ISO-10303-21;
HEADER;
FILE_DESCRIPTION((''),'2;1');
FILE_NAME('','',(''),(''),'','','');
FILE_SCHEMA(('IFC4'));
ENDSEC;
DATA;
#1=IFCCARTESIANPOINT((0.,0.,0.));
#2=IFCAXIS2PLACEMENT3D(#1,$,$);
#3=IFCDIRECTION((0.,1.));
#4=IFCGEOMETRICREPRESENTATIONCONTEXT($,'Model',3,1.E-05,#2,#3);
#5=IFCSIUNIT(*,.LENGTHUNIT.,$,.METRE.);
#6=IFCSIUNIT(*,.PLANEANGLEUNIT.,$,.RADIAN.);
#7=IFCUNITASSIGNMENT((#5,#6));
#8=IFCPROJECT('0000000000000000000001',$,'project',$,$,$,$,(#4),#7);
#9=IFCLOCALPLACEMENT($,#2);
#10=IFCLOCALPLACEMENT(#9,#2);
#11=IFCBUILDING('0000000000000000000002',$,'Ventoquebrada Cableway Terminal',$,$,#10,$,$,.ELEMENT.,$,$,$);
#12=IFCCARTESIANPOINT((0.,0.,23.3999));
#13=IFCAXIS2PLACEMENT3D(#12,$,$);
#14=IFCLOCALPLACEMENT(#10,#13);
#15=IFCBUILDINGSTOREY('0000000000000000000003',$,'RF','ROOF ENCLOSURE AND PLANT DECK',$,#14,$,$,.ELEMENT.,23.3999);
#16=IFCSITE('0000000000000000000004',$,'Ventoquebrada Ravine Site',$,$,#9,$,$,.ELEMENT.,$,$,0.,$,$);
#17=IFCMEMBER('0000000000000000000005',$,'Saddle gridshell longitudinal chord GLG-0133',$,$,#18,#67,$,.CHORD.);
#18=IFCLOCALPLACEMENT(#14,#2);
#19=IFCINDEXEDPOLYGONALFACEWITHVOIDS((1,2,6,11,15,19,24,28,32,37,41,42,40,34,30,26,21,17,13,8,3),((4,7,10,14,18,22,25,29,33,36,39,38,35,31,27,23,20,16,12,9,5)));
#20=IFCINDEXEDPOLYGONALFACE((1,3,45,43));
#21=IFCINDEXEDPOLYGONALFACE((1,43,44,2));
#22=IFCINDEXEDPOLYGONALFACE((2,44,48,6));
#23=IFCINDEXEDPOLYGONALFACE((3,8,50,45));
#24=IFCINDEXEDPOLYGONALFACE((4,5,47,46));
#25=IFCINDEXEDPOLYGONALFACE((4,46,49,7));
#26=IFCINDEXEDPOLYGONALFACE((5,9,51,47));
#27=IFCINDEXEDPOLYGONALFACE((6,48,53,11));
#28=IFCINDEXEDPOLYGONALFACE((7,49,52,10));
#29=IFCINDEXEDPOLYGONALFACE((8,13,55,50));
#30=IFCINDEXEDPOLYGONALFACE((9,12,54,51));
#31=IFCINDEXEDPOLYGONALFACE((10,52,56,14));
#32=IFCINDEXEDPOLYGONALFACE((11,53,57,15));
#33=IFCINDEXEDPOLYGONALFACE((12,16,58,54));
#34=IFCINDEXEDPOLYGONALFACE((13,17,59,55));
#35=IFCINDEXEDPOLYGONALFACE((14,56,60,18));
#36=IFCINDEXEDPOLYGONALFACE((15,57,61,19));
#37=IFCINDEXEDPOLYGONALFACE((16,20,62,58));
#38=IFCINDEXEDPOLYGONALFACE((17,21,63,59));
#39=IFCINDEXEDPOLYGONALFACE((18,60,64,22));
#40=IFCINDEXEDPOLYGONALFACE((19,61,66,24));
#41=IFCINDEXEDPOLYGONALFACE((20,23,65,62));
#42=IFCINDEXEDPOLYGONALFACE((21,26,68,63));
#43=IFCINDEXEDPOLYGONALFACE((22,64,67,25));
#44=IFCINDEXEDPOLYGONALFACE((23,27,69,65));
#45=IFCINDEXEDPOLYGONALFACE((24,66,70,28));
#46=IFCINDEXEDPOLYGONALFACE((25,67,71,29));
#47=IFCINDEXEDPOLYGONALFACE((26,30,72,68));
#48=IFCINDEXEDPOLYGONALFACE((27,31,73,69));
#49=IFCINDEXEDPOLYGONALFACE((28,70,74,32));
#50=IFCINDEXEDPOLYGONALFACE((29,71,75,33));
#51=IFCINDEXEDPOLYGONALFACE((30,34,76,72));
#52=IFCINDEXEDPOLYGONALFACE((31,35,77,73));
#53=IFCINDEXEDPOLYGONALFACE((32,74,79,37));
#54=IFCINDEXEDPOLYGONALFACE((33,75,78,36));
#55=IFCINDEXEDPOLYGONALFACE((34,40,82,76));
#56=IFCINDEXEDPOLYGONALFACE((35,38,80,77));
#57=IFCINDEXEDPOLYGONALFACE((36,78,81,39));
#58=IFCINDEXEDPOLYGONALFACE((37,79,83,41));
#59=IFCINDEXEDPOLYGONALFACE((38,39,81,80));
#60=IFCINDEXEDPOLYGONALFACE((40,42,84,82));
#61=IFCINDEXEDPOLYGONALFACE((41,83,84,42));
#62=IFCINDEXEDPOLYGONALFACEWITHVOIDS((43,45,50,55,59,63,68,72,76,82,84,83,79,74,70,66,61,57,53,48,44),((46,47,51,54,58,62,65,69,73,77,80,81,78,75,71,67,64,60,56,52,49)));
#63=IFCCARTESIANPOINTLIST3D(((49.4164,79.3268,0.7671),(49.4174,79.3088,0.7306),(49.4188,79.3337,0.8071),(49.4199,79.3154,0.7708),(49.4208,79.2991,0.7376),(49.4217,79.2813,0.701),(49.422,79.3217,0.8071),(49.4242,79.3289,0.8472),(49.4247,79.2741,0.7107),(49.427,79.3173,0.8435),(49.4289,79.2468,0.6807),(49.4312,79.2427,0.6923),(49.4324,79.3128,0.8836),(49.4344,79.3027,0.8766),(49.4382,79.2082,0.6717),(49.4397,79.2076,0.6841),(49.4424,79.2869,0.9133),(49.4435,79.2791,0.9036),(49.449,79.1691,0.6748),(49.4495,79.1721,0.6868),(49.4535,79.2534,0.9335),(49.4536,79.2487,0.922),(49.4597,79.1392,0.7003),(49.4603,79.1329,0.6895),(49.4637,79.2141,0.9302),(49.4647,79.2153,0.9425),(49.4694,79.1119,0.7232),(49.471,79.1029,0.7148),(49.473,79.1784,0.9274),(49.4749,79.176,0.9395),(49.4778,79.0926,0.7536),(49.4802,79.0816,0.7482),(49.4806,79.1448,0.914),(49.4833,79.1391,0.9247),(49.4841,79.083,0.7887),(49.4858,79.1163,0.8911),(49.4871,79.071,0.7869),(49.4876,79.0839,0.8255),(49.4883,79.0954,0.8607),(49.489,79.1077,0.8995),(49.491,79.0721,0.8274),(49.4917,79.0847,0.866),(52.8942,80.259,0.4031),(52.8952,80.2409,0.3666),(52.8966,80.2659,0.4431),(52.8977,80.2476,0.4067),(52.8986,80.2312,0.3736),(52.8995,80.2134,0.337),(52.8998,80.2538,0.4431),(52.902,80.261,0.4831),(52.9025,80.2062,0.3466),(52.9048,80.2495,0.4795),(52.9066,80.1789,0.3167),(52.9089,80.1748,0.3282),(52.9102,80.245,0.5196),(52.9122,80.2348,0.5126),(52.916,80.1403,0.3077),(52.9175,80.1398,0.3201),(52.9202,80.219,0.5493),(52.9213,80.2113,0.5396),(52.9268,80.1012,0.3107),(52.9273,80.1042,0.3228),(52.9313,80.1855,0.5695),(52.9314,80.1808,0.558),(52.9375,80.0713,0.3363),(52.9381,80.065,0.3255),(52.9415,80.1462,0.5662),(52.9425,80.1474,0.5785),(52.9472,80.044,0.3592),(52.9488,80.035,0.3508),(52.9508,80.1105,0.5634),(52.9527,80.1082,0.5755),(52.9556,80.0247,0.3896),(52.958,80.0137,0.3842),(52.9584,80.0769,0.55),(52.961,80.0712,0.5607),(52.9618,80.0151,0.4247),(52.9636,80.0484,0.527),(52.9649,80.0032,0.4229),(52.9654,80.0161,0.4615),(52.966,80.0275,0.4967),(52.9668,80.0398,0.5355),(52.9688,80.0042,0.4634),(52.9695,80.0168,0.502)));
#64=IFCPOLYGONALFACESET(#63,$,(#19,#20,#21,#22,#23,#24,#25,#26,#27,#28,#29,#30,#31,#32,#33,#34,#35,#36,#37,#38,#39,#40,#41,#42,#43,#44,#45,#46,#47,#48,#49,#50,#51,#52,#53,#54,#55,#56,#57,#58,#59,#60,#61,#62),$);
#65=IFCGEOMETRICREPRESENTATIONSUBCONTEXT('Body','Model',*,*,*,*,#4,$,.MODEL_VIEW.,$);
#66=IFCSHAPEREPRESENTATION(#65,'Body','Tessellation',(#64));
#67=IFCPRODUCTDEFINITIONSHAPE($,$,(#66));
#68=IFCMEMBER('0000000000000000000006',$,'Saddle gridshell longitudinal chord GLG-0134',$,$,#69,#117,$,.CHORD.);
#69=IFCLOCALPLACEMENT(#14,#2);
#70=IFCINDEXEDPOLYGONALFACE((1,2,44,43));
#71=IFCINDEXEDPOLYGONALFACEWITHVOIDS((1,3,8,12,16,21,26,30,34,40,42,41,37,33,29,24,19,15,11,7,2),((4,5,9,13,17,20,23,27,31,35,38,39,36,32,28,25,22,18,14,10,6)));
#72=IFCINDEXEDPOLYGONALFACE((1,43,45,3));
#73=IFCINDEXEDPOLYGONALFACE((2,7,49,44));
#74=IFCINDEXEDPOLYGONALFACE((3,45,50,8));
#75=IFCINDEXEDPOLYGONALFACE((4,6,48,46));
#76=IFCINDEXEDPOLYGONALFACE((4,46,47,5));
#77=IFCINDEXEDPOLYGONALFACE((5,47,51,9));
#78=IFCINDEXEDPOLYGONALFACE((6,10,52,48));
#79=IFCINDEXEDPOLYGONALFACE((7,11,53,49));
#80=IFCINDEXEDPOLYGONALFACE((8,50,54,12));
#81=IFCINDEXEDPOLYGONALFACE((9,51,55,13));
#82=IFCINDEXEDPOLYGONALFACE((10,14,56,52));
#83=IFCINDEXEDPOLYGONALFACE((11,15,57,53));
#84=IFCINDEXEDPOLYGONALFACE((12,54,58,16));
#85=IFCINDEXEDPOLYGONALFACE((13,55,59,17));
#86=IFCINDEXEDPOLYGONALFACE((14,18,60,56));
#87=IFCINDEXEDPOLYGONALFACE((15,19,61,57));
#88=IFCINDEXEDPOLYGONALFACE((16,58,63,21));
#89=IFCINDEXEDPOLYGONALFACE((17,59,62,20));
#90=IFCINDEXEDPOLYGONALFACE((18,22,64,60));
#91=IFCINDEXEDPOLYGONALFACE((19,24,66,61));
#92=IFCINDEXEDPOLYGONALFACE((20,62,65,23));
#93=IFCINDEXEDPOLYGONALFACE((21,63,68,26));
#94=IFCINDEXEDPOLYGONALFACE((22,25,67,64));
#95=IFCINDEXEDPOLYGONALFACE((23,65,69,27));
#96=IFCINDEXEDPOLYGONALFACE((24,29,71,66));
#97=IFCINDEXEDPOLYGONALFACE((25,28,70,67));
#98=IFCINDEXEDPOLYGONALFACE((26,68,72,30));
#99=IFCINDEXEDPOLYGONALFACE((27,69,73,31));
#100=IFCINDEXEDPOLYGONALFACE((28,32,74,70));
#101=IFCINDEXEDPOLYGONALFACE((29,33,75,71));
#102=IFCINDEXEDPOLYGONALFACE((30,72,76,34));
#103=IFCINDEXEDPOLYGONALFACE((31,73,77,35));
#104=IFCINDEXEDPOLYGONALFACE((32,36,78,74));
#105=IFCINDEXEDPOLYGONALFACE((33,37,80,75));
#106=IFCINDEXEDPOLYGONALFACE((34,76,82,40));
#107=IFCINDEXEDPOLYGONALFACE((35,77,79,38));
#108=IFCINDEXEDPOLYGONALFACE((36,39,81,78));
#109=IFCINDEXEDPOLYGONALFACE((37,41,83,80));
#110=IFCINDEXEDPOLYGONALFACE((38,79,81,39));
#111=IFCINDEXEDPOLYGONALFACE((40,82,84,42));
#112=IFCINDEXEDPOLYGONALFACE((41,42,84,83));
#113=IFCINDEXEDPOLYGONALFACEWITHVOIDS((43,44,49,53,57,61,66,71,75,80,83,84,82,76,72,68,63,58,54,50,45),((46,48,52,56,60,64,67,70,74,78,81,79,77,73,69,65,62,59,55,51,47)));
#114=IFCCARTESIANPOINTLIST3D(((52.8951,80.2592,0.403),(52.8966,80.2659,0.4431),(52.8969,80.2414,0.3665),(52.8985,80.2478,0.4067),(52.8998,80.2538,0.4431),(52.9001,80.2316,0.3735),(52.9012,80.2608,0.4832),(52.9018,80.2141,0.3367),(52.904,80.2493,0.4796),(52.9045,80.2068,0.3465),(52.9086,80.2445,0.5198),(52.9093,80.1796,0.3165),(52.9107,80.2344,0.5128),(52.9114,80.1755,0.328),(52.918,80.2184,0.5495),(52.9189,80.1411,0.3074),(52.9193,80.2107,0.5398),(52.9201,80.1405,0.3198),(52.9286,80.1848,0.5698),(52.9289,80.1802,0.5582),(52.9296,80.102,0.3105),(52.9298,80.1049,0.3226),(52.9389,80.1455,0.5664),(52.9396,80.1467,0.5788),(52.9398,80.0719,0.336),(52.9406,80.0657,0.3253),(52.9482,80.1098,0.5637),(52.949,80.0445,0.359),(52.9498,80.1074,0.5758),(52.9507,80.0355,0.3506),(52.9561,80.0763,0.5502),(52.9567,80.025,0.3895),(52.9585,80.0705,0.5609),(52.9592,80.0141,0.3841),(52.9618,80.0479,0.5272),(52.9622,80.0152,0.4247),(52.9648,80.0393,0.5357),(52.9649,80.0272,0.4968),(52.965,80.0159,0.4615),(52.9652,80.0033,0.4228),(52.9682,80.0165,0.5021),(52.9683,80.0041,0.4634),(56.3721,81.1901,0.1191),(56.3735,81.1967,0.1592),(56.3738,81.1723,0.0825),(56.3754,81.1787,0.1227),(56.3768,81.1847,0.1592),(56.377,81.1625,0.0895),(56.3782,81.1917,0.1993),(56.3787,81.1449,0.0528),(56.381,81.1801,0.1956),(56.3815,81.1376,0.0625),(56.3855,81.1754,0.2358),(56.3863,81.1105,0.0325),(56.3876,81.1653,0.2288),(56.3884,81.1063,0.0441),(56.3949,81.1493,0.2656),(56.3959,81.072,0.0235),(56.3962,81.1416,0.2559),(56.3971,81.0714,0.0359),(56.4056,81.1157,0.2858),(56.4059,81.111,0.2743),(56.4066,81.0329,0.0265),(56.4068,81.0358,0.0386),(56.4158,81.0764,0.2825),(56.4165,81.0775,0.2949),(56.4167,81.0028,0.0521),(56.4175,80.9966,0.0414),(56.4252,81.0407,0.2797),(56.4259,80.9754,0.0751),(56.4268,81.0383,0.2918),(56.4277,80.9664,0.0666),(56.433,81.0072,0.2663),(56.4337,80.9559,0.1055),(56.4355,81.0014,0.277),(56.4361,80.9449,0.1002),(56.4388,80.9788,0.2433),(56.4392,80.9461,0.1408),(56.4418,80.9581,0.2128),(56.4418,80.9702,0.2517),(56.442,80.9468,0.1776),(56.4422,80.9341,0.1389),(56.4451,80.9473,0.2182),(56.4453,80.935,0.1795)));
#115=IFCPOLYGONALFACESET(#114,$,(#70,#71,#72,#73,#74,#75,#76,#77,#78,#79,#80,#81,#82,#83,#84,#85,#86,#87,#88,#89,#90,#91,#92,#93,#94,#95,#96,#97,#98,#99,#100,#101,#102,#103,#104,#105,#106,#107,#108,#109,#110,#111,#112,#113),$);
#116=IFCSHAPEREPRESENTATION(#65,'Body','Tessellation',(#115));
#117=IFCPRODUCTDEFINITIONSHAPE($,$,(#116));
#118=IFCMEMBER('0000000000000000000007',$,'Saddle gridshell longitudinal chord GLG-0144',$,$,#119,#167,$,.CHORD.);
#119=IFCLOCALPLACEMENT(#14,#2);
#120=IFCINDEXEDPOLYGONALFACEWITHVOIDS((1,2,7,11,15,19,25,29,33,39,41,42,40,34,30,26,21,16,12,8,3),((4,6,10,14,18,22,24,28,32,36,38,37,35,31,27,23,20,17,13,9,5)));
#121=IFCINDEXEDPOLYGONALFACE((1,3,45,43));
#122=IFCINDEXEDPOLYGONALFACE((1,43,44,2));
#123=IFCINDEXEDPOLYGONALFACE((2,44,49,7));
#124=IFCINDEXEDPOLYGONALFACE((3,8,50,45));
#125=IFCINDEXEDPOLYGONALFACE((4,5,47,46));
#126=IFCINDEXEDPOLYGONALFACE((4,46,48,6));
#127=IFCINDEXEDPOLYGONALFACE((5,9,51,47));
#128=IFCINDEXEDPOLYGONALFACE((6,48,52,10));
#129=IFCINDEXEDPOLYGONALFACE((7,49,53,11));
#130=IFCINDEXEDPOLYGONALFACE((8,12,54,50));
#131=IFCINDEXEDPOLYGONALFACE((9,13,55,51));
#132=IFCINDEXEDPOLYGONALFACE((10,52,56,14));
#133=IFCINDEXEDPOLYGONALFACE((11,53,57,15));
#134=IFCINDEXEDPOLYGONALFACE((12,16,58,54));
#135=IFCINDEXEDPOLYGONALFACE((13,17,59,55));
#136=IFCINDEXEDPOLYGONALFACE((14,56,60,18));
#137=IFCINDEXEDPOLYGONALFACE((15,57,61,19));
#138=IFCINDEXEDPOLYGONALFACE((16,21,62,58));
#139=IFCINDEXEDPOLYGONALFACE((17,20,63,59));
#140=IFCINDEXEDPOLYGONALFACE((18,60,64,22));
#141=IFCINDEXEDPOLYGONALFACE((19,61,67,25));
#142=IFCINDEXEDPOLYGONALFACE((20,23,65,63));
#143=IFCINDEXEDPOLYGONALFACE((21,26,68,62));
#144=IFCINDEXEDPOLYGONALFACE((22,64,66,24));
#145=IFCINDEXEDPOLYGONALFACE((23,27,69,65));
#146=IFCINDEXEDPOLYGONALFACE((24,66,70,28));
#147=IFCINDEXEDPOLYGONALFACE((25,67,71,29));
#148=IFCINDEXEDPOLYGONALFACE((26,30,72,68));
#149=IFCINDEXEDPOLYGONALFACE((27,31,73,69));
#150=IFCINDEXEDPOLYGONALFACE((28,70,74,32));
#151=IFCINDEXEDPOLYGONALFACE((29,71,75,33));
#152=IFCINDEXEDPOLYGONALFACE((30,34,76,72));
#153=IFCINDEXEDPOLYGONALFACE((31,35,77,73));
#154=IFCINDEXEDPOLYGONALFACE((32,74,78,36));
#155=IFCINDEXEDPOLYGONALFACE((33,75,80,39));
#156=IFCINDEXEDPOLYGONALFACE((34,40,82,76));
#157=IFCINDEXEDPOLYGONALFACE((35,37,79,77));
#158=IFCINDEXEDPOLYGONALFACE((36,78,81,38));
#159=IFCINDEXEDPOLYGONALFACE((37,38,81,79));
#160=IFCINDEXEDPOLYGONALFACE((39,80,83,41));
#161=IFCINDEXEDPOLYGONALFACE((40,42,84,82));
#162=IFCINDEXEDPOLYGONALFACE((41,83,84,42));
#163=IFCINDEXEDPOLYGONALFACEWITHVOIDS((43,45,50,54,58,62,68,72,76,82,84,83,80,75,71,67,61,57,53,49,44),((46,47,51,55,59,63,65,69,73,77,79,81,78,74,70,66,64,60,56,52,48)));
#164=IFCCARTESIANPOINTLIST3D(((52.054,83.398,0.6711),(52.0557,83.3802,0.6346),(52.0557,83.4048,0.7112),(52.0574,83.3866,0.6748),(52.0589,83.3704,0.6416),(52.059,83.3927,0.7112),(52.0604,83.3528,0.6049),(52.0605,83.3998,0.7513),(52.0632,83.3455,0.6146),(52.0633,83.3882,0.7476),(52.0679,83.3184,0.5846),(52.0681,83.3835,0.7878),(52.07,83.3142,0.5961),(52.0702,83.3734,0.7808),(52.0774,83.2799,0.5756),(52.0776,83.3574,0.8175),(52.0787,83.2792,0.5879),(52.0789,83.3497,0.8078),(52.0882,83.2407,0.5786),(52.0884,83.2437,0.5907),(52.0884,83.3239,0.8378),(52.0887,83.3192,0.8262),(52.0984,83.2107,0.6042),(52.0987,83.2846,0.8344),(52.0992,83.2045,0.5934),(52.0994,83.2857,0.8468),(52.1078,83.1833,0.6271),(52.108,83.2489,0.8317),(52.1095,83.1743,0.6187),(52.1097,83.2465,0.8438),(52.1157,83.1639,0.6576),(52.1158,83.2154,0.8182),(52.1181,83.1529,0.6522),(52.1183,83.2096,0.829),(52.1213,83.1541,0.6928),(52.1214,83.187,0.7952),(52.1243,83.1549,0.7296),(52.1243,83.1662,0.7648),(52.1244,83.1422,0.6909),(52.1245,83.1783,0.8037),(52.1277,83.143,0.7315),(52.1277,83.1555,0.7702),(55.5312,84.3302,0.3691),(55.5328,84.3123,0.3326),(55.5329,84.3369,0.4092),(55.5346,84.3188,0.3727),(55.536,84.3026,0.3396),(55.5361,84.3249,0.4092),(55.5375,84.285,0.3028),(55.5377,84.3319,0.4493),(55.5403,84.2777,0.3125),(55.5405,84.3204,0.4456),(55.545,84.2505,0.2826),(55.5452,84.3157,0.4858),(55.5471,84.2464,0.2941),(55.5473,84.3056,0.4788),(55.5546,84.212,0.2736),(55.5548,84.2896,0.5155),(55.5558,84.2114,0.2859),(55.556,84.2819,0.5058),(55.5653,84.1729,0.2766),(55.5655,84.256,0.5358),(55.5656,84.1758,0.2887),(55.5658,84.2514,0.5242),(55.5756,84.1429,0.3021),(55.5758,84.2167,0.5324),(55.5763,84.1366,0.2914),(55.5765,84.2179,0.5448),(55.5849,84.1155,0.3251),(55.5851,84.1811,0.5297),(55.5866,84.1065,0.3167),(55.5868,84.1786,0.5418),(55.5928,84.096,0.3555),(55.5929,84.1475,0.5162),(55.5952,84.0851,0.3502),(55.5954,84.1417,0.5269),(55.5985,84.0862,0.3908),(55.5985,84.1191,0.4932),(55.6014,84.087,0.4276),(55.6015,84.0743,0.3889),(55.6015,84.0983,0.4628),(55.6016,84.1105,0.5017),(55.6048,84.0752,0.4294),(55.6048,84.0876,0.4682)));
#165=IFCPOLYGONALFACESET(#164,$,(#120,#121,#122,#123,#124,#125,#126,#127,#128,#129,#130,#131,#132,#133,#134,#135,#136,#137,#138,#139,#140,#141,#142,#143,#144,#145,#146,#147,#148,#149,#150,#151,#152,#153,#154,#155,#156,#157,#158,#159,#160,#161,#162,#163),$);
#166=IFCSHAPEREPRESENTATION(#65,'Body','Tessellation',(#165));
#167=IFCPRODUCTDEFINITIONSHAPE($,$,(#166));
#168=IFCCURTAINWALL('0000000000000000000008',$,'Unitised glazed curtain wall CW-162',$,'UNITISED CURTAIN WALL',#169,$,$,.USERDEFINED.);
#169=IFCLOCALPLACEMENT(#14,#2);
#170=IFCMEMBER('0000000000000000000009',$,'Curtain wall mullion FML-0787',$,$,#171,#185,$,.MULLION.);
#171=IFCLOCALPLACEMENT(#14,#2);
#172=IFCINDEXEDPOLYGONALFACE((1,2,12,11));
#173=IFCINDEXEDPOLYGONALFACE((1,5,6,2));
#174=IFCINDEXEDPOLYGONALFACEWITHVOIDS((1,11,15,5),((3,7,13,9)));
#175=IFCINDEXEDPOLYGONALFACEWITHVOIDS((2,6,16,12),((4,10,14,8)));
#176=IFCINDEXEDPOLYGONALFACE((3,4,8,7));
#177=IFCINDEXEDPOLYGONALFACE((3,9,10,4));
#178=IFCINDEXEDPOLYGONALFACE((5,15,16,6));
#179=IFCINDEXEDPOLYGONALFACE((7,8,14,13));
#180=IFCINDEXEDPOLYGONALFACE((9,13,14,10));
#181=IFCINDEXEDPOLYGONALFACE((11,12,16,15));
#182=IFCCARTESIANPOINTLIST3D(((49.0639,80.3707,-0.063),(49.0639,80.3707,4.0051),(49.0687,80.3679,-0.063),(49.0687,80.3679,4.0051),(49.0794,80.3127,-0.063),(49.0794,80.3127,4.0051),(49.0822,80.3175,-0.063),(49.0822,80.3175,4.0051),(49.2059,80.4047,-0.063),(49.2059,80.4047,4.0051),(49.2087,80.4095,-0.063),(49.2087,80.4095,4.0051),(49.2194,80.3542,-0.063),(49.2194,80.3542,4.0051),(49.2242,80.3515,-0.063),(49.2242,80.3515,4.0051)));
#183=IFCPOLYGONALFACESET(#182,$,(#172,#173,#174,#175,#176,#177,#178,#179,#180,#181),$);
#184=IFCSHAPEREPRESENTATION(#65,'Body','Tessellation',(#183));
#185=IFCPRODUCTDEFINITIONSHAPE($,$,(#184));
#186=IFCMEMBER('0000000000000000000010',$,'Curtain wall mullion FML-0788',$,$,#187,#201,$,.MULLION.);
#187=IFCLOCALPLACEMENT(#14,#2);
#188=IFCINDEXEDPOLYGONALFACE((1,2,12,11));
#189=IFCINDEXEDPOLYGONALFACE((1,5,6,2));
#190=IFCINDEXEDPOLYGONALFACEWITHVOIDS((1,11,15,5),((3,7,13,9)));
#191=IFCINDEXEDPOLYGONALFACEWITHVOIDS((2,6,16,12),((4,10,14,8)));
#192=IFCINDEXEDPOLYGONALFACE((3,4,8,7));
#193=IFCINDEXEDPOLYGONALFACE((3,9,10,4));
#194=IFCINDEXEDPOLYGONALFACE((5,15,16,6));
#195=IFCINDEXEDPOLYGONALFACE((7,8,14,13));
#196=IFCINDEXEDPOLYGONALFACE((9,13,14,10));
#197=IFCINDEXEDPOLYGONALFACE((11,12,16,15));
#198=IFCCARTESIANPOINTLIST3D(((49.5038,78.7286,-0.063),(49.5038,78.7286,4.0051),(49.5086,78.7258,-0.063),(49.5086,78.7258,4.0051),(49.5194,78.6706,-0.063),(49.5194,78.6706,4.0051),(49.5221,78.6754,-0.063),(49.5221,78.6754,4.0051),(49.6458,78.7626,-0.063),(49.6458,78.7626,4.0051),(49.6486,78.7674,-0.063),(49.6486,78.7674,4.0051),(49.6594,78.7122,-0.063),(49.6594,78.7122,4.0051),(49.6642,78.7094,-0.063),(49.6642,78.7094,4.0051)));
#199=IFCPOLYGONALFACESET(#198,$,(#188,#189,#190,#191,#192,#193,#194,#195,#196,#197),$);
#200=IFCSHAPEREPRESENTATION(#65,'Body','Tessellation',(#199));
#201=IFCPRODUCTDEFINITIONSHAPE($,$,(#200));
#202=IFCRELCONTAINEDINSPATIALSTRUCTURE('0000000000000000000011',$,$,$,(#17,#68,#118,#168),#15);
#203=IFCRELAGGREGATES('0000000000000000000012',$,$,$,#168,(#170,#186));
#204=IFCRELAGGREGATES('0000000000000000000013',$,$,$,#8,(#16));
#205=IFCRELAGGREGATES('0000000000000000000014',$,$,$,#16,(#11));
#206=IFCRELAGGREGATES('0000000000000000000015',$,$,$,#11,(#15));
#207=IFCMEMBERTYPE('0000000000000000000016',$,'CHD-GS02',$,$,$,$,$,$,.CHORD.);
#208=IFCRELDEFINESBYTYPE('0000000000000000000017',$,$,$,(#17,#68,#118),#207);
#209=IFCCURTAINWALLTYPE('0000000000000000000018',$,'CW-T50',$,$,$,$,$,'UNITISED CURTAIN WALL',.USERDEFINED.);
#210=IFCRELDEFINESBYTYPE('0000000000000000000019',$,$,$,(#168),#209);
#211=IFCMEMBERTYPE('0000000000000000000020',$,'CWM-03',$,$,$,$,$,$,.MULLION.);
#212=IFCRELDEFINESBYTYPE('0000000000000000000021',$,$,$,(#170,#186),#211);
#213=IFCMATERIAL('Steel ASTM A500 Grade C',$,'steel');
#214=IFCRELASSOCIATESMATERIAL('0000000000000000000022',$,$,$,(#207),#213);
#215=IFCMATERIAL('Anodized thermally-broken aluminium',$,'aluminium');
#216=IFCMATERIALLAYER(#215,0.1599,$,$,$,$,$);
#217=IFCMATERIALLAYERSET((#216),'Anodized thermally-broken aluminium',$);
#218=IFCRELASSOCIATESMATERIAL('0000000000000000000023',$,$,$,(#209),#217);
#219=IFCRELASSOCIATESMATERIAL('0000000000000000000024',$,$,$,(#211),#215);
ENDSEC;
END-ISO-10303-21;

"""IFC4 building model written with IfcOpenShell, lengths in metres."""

from ifc_helpers import new_model, si_unit, direction, frame, origin, origin_2d, place, context, subcontext, project, spatial, hollow_rectangle, hollow_circle, extrude, material, layer, layer_set, material_profile, profile_set, type_object, element, aggregate, save


model = new_model("IFC4")

# Units and contexts
model_context = context("Model", 3, precision=1e-05, world=origin(), true_north=direction((0.0, 1.0)))
body_context = subcontext(model_context, "Body", "Model", "MODEL_VIEW")
ifc_project = project(units=[si_unit("LENGTHUNIT", "METRE"), si_unit("PLANEANGLEUNIT", "RADIAN")], contexts=[model_context])

# Site, building, storey
site_placement = place(None, origin())
site = spatial("IfcSite", under=ifc_project, at=site_placement, Name="Ventoquebrada Ravine Site", CompositionType="ELEMENT", RefElevation=0.0)
building_placement = place(site_placement, origin())
building = spatial("IfcBuilding", under=site, at=building_placement, Name="Ventoquebrada Cableway Terminal", CompositionType="ELEMENT")
storey_placement = place(building_placement, frame((0.0, 0.0, 23.3999)))
storey = spatial("IfcBuildingStorey", under=building, at=storey_placement, Name="RF", Description="ROOF ENCLOSURE AND PLANT DECK", CompositionType="ELEMENT", Elevation=23.3999)

# Members
ifc_material_1 = material(Name="Steel ASTM A500 Grade C", Category="steel")
ifc_material_profile_1 = material_profile(ifc_material_1, hollow_circle(Radius=0.1365, WallThickness=0.0125, at=origin_2d()), Name="CHS273.0X12.5")
ifc_profile_set_1 = profile_set([ifc_material_profile_1], Name="Steel ASTM A500 Grade C")
member_type_1 = type_object("IfcMemberType", Name="CHD-GS02", PredefinedType="CHORD", material=ifc_profile_set_1)
member_1_placement = place(storey_placement, frame((49.4541, 79.2019, 0.8071), z_axis=(0.961009, 0.257573, -0.100587), x_axis=(-0.258886, 0.965908, 0.0)))
element("IfcMember", 1, at=member_1_placement, inside=storey, type_object=member_type_1, Name="Saddle gridshell longitudinal chord GLG-0133", PredefinedType="CHORD", context=body_context, shape_type="SweptSolid", body=[
    extrude(hollow_circle(Radius=0.1365, WallThickness=0.0125, at=origin_2d()), origin(), (0.0, 0.0, 1.0), 3.6189),
])
member_2_placement = place(storey_placement, frame((52.9319, 80.134, 0.4431), z_axis=(0.962988, 0.25782, -0.078637), x_axis=(-0.258621, 0.965979, 0.0)))
element("IfcMember", 2, at=member_2_placement, inside=storey, type_object=member_type_1, Name="Saddle gridshell longitudinal chord GLG-0134", PredefinedType="CHORD", context=body_context, shape_type="SweptSolid", body=[
    extrude(hollow_circle(Radius=0.1365, WallThickness=0.0125, at=origin_2d()), origin(), (0.0, 0.0, 1.0), 3.6106),
])
member_3_placement = place(storey_placement, frame((52.0911, 83.2729, 0.7112), z_axis=(0.962513, 0.258031, -0.0836), x_axis=(-0.258937, 0.965894, 0.0)))
element("IfcMember", 3, at=member_3_placement, inside=storey, type_object=member_type_1, Name="Saddle gridshell longitudinal chord GLG-0144", PredefinedType="CHORD", context=body_context, shape_type="SweptSolid", body=[
    extrude(hollow_circle(Radius=0.1365, WallThickness=0.0125, at=origin_2d()), origin(), (0.0, 0.0, 1.0), 3.6125),
])

# Curtain wall, members
ifc_material_2 = material(Name="Anodized thermally-broken aluminium", Category="aluminium")
ifc_layer_1 = layer(ifc_material_2, 0.1599)
ifc_layer_set_1 = layer_set([ifc_layer_1], Name="Anodized thermally-broken aluminium")
curtain_wall_type = type_object("IfcCurtainWallType", Name="CW-T50", ElementType="UNITISED CURTAIN WALL", PredefinedType="USERDEFINED", material=ifc_layer_set_1)
curtain_wall_placement = place(storey_placement, origin())
curtain_wall = element("IfcCurtainWall", 4, at=curtain_wall_placement, inside=storey, type_object=curtain_wall_type, Name="Unitised glazed curtain wall CW-162", ObjectType="UNITISED CURTAIN WALL", PredefinedType="USERDEFINED")
ifc_material_profile_2 = material_profile(ifc_material_2, hollow_rectangle(XDim=0.0601, YDim=0.1499, WallThickness=0.0039, at=origin_2d()), Name="CW-MUL-60X150")
ifc_profile_set_2 = profile_set([ifc_material_profile_2], Name="Anodized thermally-broken aluminium")
member_type_2 = type_object("IfcMemberType", Name="CWM-03", PredefinedType="MULLION", material=ifc_profile_set_2)
member_4_placement = place(storey_placement, frame((49.144, 80.3611, -0.063), z_axis=(0.0, 0.0, 1.0), x_axis=(0.258836, -0.965921, 0.0)))
member_4 = element("IfcMember", 5, at=member_4_placement, type_object=member_type_2, Name="Curtain wall mullion FML-0787", PredefinedType="MULLION", context=body_context, shape_type="SweptSolid", body=[
    extrude(hollow_rectangle(XDim=0.0601, YDim=0.1499, WallThickness=0.0039, at=origin_2d()), origin(), (0.0, 0.0, 1.0), 4.0681),
])
member_5_placement = place(storey_placement, frame((49.584, 78.719, -0.063), z_axis=(0.0, 0.0, 1.0), x_axis=(0.258836, -0.965921, 0.0)))
member_5 = element("IfcMember", 6, at=member_5_placement, type_object=member_type_2, Name="Curtain wall mullion FML-0788", PredefinedType="MULLION", context=body_context, shape_type="SweptSolid", body=[
    extrude(hollow_rectangle(XDim=0.0601, YDim=0.1499, WallThickness=0.0039, at=origin_2d()), origin(), (0.0, 0.0, 1.0), 4.0681),
])

aggregate(curtain_wall, [member_4, member_5])

save(model, "model.ifc")
